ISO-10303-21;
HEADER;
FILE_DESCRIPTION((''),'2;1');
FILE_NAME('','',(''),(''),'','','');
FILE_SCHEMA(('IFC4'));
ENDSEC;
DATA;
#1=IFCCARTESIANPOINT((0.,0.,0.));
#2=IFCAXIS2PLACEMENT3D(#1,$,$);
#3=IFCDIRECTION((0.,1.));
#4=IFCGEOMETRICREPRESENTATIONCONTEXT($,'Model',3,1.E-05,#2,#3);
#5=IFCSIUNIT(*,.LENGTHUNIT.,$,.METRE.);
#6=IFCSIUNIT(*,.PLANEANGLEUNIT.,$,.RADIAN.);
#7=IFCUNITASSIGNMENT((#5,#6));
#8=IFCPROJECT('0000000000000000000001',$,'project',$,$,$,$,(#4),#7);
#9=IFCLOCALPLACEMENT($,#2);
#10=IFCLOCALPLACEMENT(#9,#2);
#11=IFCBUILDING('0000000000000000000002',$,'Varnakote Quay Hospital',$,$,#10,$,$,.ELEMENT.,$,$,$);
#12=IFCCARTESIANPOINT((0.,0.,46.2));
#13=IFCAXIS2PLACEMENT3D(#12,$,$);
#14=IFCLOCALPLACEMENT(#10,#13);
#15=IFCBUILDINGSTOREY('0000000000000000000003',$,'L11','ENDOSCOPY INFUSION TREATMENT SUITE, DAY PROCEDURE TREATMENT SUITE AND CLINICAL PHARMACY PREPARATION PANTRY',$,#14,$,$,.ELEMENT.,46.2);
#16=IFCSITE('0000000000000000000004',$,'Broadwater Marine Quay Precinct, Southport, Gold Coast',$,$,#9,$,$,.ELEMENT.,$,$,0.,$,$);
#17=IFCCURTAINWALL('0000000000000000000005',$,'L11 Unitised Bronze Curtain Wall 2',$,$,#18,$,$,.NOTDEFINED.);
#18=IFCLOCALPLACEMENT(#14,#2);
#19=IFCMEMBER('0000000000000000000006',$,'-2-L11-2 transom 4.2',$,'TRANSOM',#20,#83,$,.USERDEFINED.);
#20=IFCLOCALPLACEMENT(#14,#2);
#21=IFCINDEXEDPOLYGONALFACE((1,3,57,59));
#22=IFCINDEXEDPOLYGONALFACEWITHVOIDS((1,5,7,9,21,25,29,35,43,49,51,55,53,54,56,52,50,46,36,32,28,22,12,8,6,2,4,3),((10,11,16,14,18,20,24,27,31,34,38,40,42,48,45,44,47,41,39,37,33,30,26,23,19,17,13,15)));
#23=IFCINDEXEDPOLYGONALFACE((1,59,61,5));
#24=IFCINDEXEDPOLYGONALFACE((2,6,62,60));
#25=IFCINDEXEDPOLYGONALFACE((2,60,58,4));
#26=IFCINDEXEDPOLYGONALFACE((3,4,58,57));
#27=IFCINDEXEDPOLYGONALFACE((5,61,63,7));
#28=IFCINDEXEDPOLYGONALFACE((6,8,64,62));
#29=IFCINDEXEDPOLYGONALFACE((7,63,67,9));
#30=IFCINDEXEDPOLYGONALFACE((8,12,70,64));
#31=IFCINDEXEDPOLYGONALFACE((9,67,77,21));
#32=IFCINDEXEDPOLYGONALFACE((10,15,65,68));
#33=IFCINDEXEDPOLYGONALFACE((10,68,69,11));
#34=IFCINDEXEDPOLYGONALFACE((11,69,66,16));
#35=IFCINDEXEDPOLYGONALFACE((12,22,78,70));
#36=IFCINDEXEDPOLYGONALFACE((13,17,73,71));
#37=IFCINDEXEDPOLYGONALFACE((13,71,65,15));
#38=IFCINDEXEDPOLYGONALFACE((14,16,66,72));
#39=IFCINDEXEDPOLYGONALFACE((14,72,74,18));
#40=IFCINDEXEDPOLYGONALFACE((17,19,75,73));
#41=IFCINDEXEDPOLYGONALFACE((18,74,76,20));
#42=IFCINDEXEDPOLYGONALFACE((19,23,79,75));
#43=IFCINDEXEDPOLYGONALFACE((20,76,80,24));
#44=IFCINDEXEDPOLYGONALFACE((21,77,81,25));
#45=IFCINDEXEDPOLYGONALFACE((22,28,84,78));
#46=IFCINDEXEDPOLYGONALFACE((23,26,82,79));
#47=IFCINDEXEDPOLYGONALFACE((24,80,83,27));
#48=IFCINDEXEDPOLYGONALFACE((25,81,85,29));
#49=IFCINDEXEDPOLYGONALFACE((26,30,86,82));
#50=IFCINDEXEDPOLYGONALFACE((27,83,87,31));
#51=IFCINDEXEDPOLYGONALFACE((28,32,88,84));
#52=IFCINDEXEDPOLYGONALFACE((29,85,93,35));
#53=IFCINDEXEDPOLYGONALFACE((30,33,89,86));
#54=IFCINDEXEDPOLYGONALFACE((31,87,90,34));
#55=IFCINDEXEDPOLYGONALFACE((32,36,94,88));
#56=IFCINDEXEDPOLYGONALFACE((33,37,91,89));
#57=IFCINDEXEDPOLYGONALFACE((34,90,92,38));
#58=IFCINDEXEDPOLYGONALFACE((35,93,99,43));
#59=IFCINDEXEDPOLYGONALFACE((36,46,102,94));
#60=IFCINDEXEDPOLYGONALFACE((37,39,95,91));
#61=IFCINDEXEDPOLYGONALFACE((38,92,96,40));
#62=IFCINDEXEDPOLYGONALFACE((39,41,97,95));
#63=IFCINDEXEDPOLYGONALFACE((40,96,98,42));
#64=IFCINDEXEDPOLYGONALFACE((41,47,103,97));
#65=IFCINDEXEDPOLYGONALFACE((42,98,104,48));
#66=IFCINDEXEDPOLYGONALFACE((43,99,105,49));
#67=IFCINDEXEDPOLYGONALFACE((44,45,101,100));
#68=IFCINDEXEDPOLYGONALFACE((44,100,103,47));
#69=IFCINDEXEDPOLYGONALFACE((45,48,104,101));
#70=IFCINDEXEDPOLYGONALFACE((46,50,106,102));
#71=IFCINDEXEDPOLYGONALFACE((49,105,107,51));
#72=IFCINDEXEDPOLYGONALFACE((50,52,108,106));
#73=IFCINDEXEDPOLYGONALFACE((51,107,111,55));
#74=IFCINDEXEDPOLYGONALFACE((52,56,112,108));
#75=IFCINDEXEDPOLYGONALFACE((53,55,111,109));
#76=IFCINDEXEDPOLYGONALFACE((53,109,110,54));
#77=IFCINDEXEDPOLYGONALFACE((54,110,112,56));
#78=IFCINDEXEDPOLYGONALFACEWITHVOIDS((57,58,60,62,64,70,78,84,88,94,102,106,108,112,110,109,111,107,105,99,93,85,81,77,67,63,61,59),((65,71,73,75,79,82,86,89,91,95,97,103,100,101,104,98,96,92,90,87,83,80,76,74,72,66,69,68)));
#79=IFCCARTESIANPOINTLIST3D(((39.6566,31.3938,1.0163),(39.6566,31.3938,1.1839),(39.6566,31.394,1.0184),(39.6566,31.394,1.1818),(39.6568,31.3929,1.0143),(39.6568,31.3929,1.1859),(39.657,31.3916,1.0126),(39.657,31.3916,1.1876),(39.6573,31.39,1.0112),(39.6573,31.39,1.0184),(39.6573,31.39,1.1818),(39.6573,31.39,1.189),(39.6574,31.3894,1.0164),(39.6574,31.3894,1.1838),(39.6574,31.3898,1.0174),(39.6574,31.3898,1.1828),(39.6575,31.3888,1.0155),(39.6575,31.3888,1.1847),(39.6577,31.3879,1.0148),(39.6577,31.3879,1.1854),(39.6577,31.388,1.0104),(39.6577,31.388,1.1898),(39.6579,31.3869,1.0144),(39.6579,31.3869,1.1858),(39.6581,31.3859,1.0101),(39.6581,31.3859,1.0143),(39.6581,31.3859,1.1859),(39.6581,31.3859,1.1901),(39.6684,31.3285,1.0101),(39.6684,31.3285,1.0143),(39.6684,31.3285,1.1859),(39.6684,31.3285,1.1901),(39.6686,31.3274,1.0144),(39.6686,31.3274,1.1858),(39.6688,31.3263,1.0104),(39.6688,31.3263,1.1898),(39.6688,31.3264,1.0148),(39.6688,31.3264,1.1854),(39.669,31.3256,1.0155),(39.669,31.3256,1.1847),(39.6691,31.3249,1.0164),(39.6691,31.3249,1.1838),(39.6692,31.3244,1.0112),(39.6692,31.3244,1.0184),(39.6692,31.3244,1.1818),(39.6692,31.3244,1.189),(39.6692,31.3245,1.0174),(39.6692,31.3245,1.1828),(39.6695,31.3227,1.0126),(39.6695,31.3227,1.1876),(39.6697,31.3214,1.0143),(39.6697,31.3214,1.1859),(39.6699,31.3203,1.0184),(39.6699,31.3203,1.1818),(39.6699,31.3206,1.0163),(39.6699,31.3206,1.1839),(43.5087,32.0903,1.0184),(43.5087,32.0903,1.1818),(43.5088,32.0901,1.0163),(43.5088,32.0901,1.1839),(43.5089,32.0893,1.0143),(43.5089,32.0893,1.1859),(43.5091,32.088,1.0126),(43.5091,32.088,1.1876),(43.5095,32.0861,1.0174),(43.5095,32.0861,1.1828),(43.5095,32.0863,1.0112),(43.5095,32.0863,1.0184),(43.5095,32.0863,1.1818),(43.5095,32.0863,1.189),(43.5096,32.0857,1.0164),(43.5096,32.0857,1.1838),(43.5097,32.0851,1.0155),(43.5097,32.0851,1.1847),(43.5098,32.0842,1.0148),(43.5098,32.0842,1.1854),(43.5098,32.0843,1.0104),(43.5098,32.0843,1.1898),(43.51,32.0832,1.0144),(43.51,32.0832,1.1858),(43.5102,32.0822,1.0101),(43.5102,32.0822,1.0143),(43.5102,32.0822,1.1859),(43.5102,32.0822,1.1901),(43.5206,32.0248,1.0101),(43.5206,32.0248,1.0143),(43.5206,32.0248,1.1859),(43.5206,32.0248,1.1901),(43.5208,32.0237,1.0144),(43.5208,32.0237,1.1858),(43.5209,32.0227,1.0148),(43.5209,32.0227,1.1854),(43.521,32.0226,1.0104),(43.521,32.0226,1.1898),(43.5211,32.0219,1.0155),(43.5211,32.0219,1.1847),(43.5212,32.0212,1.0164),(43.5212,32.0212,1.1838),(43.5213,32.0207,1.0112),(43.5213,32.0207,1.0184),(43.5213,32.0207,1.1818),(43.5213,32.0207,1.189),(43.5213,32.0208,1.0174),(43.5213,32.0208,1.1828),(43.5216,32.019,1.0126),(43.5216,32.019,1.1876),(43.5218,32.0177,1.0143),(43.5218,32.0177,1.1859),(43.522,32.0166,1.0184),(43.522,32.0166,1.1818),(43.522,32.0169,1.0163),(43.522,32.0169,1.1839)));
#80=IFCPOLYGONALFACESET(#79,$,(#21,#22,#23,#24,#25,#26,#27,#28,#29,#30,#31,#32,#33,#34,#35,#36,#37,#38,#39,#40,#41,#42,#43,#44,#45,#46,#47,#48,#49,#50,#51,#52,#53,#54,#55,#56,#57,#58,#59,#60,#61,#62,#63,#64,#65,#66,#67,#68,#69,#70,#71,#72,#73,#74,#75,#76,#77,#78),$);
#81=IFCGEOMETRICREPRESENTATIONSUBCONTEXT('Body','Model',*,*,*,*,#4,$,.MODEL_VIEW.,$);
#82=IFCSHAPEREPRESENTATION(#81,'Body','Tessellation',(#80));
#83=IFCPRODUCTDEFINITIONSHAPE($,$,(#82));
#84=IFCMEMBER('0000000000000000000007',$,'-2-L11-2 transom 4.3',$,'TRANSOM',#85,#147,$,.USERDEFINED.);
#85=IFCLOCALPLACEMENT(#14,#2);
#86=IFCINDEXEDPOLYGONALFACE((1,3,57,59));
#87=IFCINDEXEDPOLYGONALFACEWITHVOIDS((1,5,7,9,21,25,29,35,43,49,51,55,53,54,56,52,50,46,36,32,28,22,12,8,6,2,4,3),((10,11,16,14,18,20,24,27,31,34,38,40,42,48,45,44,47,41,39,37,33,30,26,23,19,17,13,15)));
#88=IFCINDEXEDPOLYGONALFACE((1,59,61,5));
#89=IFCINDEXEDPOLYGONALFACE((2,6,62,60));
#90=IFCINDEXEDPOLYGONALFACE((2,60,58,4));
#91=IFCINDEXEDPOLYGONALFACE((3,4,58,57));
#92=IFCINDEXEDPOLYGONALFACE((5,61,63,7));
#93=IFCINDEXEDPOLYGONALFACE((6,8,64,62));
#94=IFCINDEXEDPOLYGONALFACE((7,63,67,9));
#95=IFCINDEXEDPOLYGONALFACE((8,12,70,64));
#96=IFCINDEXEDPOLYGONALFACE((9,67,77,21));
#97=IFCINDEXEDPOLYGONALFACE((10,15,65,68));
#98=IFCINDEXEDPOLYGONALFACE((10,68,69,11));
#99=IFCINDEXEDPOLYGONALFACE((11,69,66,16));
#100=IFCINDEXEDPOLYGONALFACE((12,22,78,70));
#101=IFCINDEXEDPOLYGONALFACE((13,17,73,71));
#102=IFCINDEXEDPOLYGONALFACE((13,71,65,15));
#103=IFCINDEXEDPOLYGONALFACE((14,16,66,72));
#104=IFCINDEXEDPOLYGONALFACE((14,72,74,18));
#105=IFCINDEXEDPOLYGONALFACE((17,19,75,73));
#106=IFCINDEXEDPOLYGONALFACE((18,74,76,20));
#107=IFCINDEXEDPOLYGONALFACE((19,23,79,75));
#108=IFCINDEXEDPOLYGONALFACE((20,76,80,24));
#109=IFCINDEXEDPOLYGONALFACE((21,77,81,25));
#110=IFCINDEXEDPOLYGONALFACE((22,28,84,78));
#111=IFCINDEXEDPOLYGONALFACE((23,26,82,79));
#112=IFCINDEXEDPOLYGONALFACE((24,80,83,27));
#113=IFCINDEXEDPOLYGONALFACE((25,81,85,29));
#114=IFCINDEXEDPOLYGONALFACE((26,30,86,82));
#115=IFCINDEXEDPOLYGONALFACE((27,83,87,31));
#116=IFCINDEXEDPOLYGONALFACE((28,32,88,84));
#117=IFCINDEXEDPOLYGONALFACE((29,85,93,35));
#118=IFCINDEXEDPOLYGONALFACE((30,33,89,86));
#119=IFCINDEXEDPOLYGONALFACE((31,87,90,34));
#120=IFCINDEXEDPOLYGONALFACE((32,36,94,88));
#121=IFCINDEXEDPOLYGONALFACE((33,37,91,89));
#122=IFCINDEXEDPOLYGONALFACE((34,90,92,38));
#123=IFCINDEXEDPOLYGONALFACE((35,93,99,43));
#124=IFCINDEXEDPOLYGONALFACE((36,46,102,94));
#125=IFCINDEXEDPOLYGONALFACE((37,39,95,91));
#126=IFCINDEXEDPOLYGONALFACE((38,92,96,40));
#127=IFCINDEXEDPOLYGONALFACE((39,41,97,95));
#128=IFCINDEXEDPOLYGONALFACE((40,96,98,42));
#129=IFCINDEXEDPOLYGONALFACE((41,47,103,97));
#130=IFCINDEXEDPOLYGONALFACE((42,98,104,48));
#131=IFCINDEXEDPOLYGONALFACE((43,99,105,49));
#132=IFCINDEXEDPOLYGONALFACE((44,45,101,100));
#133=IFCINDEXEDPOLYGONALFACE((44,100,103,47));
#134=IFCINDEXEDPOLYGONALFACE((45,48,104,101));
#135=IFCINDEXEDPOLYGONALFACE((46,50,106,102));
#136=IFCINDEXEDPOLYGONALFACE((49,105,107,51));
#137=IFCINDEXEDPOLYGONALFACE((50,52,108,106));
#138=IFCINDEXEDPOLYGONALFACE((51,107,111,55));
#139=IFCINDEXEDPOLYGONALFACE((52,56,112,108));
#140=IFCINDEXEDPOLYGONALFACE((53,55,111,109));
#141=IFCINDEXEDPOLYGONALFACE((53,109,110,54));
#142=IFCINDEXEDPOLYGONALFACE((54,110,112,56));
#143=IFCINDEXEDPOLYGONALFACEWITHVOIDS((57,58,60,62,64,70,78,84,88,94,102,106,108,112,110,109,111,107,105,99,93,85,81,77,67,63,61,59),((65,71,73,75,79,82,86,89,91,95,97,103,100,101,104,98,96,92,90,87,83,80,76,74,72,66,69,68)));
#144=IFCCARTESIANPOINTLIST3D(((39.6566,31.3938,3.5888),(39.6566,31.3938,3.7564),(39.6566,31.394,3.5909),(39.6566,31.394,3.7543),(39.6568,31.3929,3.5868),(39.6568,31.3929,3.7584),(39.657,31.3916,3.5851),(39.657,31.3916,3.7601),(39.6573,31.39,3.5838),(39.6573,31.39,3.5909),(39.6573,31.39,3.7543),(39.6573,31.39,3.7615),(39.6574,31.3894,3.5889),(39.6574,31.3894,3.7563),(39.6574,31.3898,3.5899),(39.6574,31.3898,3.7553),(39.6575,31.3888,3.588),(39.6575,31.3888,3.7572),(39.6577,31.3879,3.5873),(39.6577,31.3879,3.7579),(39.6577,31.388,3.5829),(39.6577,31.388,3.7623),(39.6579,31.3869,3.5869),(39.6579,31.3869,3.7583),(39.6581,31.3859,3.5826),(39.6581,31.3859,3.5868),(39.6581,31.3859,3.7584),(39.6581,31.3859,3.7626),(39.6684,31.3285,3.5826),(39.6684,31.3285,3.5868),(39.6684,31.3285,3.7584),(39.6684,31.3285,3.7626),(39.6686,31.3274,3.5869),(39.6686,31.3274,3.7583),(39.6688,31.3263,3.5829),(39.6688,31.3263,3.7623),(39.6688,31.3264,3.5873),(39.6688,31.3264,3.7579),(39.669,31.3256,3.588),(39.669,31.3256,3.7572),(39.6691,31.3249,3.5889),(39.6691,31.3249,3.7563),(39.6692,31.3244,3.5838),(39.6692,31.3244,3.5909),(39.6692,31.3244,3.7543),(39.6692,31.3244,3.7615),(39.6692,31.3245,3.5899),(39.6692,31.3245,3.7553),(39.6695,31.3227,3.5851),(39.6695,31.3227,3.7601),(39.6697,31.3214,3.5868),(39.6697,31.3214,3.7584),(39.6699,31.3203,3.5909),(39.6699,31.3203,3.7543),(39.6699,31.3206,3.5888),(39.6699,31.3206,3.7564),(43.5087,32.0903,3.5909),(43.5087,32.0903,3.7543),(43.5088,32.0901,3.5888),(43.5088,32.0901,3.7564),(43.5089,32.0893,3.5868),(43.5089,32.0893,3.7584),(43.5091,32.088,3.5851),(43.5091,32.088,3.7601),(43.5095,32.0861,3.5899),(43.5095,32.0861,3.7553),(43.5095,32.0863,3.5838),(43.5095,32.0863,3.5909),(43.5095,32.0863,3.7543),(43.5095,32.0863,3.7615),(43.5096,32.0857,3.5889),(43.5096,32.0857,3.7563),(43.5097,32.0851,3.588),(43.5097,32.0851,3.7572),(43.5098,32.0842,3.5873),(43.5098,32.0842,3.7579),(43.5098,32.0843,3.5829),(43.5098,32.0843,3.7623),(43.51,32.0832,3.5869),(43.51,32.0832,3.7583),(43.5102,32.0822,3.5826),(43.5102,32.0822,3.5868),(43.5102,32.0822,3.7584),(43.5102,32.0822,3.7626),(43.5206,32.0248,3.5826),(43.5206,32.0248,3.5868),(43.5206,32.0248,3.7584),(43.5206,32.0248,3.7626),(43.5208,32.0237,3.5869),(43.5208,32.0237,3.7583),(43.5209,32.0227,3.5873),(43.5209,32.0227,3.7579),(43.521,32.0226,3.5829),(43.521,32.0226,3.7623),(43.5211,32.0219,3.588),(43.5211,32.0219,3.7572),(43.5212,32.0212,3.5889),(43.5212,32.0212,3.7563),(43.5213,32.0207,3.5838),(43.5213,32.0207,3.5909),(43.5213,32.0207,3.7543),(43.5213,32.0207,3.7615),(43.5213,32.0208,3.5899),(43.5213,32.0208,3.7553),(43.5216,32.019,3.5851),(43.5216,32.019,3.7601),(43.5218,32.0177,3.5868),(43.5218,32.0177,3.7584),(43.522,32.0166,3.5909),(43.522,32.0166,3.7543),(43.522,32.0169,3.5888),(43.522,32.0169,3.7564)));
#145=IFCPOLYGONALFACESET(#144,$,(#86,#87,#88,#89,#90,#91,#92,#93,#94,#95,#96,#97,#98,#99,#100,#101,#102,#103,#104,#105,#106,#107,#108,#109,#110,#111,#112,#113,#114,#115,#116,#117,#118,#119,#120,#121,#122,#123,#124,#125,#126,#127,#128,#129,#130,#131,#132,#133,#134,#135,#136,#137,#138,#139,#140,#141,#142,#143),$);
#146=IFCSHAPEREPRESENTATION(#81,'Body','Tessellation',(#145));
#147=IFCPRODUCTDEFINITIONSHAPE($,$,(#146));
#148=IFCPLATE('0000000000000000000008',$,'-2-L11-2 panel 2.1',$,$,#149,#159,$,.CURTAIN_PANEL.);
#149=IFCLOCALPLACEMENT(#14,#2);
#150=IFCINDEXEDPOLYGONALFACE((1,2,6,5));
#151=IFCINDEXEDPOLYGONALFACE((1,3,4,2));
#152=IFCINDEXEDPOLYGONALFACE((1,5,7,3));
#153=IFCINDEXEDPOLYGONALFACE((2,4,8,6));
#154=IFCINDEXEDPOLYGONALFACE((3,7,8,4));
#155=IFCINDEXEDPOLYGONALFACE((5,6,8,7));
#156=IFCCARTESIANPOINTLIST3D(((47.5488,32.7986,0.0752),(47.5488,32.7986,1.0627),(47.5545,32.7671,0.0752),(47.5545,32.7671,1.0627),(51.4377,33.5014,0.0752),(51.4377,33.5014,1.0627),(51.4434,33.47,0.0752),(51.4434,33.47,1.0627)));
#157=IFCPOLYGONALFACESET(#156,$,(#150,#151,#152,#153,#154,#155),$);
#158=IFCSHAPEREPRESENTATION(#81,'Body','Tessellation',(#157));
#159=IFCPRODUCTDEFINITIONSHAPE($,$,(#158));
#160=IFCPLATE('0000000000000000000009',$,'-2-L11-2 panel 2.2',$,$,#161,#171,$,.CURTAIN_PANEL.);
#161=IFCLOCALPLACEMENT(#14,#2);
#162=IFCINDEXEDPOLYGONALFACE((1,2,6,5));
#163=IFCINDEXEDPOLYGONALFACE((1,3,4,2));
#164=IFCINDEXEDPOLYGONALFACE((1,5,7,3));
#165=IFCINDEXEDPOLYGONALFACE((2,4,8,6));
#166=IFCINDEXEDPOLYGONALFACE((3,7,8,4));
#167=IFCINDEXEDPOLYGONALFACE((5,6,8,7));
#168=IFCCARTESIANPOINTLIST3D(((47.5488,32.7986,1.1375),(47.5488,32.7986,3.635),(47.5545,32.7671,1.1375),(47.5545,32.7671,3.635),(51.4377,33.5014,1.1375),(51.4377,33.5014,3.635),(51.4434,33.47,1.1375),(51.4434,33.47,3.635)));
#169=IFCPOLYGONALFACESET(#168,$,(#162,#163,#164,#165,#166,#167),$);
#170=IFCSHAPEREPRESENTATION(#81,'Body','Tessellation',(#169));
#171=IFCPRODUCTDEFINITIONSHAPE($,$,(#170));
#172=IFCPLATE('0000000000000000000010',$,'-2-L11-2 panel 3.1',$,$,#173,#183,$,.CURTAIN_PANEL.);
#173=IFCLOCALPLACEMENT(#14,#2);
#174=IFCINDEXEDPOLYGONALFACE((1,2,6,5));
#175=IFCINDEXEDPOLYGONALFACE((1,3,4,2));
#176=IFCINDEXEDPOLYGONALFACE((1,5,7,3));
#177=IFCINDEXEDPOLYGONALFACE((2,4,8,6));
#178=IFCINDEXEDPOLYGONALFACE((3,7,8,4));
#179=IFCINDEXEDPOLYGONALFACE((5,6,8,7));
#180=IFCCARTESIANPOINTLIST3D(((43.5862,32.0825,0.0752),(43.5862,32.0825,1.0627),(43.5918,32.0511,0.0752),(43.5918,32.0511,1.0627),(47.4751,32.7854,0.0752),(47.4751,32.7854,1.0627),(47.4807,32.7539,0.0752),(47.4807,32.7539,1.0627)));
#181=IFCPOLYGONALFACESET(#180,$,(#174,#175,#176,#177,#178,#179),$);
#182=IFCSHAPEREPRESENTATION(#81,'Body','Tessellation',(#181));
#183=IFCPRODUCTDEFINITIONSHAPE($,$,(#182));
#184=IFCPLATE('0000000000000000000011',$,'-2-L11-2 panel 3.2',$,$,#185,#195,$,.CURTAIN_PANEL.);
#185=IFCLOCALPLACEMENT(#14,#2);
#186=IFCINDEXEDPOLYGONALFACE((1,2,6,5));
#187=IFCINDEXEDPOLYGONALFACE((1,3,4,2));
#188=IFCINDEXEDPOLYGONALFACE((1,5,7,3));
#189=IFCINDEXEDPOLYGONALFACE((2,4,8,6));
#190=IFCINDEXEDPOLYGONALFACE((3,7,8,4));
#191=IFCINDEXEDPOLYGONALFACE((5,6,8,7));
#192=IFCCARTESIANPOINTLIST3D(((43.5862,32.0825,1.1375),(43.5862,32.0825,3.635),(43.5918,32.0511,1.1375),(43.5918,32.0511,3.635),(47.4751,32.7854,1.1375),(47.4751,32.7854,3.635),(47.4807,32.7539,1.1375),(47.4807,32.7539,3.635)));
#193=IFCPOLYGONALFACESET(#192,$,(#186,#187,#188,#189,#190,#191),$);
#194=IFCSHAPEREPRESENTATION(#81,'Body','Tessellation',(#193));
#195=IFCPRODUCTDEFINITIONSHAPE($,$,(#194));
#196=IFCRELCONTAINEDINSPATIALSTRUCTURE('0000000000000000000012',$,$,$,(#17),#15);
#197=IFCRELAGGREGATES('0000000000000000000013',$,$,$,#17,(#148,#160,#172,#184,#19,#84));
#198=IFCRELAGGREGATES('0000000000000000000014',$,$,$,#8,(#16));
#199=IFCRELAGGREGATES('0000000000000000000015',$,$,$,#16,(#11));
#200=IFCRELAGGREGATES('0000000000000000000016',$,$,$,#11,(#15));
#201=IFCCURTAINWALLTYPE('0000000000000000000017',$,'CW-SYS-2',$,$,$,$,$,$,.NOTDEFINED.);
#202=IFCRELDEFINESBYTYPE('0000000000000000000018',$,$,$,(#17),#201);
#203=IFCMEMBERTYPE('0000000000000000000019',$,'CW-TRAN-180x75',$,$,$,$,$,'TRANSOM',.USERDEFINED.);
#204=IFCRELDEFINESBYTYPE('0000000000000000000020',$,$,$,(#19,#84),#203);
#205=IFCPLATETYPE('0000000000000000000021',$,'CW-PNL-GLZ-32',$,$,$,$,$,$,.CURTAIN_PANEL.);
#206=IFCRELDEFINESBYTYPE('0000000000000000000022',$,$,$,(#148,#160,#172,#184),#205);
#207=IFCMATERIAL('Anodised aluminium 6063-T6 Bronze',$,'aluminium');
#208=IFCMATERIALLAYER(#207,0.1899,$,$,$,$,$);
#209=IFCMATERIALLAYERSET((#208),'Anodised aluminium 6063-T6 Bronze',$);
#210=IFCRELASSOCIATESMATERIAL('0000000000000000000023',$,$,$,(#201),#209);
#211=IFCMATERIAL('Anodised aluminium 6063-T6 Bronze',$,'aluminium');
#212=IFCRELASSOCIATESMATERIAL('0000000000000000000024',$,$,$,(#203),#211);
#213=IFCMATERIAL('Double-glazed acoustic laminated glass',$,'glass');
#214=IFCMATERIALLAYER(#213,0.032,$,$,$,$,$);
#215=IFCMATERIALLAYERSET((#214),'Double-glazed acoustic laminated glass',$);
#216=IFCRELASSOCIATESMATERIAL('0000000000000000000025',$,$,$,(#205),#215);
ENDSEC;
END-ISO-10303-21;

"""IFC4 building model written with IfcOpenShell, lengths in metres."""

from ifc_helpers import new_model, si_unit, direction, frame, origin, origin_2d, place, context, subcontext, project, spatial, rectangle, hollow_rectangle, extrude, material, layer, layer_set, material_profile, profile_set, type_object, element, aggregate, save


model = new_model("IFC4")

# Units and contexts
model_context = context("Model", 3, precision=1e-05, world=origin(), true_north=direction((0.0, 1.0)))
body_context = subcontext(model_context, "Body", "Model", "MODEL_VIEW")
ifc_project = project(units=[si_unit("LENGTHUNIT", "METRE"), si_unit("PLANEANGLEUNIT", "RADIAN")], contexts=[model_context])

# Site, building, storey
site_placement = place(None, origin())
site = spatial("IfcSite", under=ifc_project, at=site_placement, Name="Broadwater Marine Quay Precinct, Southport, Gold Coast", CompositionType="ELEMENT", RefElevation=0.0)
building_placement = place(site_placement, origin())
building = spatial("IfcBuilding", under=site, at=building_placement, Name="Varnakote Quay Hospital", CompositionType="ELEMENT")
storey_placement = place(building_placement, frame((0.0, 0.0, 46.2)))
storey = spatial("IfcBuildingStorey", under=building, at=storey_placement, Name="L11", Description="ENDOSCOPY INFUSION TREATMENT SUITE, DAY PROCEDURE TREATMENT SUITE AND CLINICAL PHARMACY PREPARATION PANTRY", CompositionType="ELEMENT", Elevation=46.2)

# Curtain wall, members, plates
ifc_material_1 = material(Name="Anodised aluminium 6063-T6 Bronze", Category="aluminium")
ifc_layer_1 = layer(ifc_material_1, 0.1899)
ifc_layer_set_1 = layer_set([ifc_layer_1], Name="Anodised aluminium 6063-T6 Bronze")
curtain_wall_type = type_object("IfcCurtainWallType", Name="CW-SYS-2", PredefinedType="NOTDEFINED", material=ifc_layer_set_1)
curtain_wall_placement = place(storey_placement, origin())
curtain_wall = element("IfcCurtainWall", 1, at=curtain_wall_placement, inside=storey, type_object=curtain_wall_type, Name="L11 Unitised Bronze Curtain Wall 2", PredefinedType="NOTDEFINED")
ifc_material_2 = material(Name="Anodised aluminium 6063-T6 Bronze", Category="aluminium")
ifc_material_profile_1 = material_profile(ifc_material_2, hollow_rectangle(XDim=0.075, YDim=0.1799, WallThickness=0.0042, InnerFilletRadius=0.0042, OuterFilletRadius=0.0083, at=origin_2d()), Name="CW-TRAN-180x75")
ifc_profile_set_1 = profile_set([ifc_material_profile_1], Name="Anodised aluminium 6063-T6 Bronze")
member_type_1 = type_object("IfcMemberType", Name="CW-TRAN-180x75", ElementType="TRANSOM", PredefinedType="USERDEFINED", material=ifc_profile_set_1)
member_1_placement = place(storey_placement, frame((43.5154, 32.0535, 1.1001), z_axis=(-0.984053, -0.177875, 0.0), x_axis=(0.177875, -0.984053, 0.0)))
member_1 = element("IfcMember", 2, at=member_1_placement, type_object=member_type_1, Name="-2-L11-2 transom 4.2", ObjectType="TRANSOM", PredefinedType="USERDEFINED", context=body_context, shape_type="SweptSolid", body=[
    extrude(hollow_rectangle(XDim=0.075, YDim=0.1799, WallThickness=0.0042, InnerFilletRadius=0.0042, OuterFilletRadius=0.0083, at=origin_2d()), origin(), (0.0, 0.0, 1.0), 3.9146),
])
member_2_placement = place(storey_placement, frame((43.5154, 32.0535, 3.6726), z_axis=(-0.984053, -0.177875, 0.0), x_axis=(0.177875, -0.984053, 0.0)))
member_2 = element("IfcMember", 3, at=member_2_placement, type_object=member_type_1, Name="-2-L11-2 transom 4.3", ObjectType="TRANSOM", PredefinedType="USERDEFINED", context=body_context, shape_type="SweptSolid", body=[
    extrude(hollow_rectangle(XDim=0.075, YDim=0.1799, WallThickness=0.0042, InnerFilletRadius=0.0042, OuterFilletRadius=0.0083, at=origin_2d()), origin(), (0.0, 0.0, 1.0), 3.9146),
])
ifc_material_3 = material(Name="Double-glazed acoustic laminated glass", Category="glass")
ifc_layer_2 = layer(ifc_material_3, 0.032)
ifc_layer_set_2 = layer_set([ifc_layer_2], Name="Double-glazed acoustic laminated glass")
plate_type = type_object("IfcPlateType", Name="CW-PNL-GLZ-32", PredefinedType="CURTAIN_PANEL", material=ifc_layer_set_2)
plate_1_placement = place(storey_placement, frame((49.4961, 33.1343, 0.0752), z_axis=(0.0, 0.0, 1.0), x_axis=(-0.984058, -0.177846, 0.0)))
plate_1 = element("IfcPlate", 4, at=plate_1_placement, type_object=plate_type, Name="-2-L11-2 panel 2.1", PredefinedType="CURTAIN_PANEL", context=body_context, shape_type="SweptSolid", body=[
    extrude(rectangle(XDim=3.9519, YDim=0.032, at=origin_2d()), origin(), (0.0, 0.0, 1.0), 0.9875),
])
plate_2_placement = place(storey_placement, frame((49.4961, 33.1343, 1.1375), z_axis=(0.0, 0.0, 1.0), x_axis=(-0.984058, -0.177846, 0.0)))
plate_2 = element("IfcPlate", 5, at=plate_2_placement, type_object=plate_type, Name="-2-L11-2 panel 2.2", PredefinedType="CURTAIN_PANEL", context=body_context, shape_type="SweptSolid", body=[
    extrude(rectangle(XDim=3.9519, YDim=0.032, at=origin_2d()), origin(), (0.0, 0.0, 1.0), 2.4976),
])
plate_3_placement = place(storey_placement, frame((45.5334, 32.4182, 0.0752), z_axis=(0.0, 0.0, 1.0), x_axis=(-0.984058, -0.177846, 0.0)))
plate_3 = element("IfcPlate", 6, at=plate_3_placement, type_object=plate_type, Name="-2-L11-2 panel 3.1", PredefinedType="CURTAIN_PANEL", context=body_context, shape_type="SweptSolid", body=[
    extrude(rectangle(XDim=3.9519, YDim=0.032, at=origin_2d()), origin(), (0.0, 0.0, 1.0), 0.9875),
])
plate_4_placement = place(storey_placement, frame((45.5334, 32.4182, 1.1375), z_axis=(0.0, 0.0, 1.0), x_axis=(-0.984058, -0.177846, 0.0)))
plate_4 = element("IfcPlate", 7, at=plate_4_placement, type_object=plate_type, Name="-2-L11-2 panel 3.2", PredefinedType="CURTAIN_PANEL", context=body_context, shape_type="SweptSolid", body=[
    extrude(rectangle(XDim=3.9519, YDim=0.032, at=origin_2d()), origin(), (0.0, 0.0, 1.0), 2.4976),
])
aggregate(curtain_wall, [plate_1, plate_2, plate_3, plate_4, member_1, member_2])

save(model, "model.ifc")
